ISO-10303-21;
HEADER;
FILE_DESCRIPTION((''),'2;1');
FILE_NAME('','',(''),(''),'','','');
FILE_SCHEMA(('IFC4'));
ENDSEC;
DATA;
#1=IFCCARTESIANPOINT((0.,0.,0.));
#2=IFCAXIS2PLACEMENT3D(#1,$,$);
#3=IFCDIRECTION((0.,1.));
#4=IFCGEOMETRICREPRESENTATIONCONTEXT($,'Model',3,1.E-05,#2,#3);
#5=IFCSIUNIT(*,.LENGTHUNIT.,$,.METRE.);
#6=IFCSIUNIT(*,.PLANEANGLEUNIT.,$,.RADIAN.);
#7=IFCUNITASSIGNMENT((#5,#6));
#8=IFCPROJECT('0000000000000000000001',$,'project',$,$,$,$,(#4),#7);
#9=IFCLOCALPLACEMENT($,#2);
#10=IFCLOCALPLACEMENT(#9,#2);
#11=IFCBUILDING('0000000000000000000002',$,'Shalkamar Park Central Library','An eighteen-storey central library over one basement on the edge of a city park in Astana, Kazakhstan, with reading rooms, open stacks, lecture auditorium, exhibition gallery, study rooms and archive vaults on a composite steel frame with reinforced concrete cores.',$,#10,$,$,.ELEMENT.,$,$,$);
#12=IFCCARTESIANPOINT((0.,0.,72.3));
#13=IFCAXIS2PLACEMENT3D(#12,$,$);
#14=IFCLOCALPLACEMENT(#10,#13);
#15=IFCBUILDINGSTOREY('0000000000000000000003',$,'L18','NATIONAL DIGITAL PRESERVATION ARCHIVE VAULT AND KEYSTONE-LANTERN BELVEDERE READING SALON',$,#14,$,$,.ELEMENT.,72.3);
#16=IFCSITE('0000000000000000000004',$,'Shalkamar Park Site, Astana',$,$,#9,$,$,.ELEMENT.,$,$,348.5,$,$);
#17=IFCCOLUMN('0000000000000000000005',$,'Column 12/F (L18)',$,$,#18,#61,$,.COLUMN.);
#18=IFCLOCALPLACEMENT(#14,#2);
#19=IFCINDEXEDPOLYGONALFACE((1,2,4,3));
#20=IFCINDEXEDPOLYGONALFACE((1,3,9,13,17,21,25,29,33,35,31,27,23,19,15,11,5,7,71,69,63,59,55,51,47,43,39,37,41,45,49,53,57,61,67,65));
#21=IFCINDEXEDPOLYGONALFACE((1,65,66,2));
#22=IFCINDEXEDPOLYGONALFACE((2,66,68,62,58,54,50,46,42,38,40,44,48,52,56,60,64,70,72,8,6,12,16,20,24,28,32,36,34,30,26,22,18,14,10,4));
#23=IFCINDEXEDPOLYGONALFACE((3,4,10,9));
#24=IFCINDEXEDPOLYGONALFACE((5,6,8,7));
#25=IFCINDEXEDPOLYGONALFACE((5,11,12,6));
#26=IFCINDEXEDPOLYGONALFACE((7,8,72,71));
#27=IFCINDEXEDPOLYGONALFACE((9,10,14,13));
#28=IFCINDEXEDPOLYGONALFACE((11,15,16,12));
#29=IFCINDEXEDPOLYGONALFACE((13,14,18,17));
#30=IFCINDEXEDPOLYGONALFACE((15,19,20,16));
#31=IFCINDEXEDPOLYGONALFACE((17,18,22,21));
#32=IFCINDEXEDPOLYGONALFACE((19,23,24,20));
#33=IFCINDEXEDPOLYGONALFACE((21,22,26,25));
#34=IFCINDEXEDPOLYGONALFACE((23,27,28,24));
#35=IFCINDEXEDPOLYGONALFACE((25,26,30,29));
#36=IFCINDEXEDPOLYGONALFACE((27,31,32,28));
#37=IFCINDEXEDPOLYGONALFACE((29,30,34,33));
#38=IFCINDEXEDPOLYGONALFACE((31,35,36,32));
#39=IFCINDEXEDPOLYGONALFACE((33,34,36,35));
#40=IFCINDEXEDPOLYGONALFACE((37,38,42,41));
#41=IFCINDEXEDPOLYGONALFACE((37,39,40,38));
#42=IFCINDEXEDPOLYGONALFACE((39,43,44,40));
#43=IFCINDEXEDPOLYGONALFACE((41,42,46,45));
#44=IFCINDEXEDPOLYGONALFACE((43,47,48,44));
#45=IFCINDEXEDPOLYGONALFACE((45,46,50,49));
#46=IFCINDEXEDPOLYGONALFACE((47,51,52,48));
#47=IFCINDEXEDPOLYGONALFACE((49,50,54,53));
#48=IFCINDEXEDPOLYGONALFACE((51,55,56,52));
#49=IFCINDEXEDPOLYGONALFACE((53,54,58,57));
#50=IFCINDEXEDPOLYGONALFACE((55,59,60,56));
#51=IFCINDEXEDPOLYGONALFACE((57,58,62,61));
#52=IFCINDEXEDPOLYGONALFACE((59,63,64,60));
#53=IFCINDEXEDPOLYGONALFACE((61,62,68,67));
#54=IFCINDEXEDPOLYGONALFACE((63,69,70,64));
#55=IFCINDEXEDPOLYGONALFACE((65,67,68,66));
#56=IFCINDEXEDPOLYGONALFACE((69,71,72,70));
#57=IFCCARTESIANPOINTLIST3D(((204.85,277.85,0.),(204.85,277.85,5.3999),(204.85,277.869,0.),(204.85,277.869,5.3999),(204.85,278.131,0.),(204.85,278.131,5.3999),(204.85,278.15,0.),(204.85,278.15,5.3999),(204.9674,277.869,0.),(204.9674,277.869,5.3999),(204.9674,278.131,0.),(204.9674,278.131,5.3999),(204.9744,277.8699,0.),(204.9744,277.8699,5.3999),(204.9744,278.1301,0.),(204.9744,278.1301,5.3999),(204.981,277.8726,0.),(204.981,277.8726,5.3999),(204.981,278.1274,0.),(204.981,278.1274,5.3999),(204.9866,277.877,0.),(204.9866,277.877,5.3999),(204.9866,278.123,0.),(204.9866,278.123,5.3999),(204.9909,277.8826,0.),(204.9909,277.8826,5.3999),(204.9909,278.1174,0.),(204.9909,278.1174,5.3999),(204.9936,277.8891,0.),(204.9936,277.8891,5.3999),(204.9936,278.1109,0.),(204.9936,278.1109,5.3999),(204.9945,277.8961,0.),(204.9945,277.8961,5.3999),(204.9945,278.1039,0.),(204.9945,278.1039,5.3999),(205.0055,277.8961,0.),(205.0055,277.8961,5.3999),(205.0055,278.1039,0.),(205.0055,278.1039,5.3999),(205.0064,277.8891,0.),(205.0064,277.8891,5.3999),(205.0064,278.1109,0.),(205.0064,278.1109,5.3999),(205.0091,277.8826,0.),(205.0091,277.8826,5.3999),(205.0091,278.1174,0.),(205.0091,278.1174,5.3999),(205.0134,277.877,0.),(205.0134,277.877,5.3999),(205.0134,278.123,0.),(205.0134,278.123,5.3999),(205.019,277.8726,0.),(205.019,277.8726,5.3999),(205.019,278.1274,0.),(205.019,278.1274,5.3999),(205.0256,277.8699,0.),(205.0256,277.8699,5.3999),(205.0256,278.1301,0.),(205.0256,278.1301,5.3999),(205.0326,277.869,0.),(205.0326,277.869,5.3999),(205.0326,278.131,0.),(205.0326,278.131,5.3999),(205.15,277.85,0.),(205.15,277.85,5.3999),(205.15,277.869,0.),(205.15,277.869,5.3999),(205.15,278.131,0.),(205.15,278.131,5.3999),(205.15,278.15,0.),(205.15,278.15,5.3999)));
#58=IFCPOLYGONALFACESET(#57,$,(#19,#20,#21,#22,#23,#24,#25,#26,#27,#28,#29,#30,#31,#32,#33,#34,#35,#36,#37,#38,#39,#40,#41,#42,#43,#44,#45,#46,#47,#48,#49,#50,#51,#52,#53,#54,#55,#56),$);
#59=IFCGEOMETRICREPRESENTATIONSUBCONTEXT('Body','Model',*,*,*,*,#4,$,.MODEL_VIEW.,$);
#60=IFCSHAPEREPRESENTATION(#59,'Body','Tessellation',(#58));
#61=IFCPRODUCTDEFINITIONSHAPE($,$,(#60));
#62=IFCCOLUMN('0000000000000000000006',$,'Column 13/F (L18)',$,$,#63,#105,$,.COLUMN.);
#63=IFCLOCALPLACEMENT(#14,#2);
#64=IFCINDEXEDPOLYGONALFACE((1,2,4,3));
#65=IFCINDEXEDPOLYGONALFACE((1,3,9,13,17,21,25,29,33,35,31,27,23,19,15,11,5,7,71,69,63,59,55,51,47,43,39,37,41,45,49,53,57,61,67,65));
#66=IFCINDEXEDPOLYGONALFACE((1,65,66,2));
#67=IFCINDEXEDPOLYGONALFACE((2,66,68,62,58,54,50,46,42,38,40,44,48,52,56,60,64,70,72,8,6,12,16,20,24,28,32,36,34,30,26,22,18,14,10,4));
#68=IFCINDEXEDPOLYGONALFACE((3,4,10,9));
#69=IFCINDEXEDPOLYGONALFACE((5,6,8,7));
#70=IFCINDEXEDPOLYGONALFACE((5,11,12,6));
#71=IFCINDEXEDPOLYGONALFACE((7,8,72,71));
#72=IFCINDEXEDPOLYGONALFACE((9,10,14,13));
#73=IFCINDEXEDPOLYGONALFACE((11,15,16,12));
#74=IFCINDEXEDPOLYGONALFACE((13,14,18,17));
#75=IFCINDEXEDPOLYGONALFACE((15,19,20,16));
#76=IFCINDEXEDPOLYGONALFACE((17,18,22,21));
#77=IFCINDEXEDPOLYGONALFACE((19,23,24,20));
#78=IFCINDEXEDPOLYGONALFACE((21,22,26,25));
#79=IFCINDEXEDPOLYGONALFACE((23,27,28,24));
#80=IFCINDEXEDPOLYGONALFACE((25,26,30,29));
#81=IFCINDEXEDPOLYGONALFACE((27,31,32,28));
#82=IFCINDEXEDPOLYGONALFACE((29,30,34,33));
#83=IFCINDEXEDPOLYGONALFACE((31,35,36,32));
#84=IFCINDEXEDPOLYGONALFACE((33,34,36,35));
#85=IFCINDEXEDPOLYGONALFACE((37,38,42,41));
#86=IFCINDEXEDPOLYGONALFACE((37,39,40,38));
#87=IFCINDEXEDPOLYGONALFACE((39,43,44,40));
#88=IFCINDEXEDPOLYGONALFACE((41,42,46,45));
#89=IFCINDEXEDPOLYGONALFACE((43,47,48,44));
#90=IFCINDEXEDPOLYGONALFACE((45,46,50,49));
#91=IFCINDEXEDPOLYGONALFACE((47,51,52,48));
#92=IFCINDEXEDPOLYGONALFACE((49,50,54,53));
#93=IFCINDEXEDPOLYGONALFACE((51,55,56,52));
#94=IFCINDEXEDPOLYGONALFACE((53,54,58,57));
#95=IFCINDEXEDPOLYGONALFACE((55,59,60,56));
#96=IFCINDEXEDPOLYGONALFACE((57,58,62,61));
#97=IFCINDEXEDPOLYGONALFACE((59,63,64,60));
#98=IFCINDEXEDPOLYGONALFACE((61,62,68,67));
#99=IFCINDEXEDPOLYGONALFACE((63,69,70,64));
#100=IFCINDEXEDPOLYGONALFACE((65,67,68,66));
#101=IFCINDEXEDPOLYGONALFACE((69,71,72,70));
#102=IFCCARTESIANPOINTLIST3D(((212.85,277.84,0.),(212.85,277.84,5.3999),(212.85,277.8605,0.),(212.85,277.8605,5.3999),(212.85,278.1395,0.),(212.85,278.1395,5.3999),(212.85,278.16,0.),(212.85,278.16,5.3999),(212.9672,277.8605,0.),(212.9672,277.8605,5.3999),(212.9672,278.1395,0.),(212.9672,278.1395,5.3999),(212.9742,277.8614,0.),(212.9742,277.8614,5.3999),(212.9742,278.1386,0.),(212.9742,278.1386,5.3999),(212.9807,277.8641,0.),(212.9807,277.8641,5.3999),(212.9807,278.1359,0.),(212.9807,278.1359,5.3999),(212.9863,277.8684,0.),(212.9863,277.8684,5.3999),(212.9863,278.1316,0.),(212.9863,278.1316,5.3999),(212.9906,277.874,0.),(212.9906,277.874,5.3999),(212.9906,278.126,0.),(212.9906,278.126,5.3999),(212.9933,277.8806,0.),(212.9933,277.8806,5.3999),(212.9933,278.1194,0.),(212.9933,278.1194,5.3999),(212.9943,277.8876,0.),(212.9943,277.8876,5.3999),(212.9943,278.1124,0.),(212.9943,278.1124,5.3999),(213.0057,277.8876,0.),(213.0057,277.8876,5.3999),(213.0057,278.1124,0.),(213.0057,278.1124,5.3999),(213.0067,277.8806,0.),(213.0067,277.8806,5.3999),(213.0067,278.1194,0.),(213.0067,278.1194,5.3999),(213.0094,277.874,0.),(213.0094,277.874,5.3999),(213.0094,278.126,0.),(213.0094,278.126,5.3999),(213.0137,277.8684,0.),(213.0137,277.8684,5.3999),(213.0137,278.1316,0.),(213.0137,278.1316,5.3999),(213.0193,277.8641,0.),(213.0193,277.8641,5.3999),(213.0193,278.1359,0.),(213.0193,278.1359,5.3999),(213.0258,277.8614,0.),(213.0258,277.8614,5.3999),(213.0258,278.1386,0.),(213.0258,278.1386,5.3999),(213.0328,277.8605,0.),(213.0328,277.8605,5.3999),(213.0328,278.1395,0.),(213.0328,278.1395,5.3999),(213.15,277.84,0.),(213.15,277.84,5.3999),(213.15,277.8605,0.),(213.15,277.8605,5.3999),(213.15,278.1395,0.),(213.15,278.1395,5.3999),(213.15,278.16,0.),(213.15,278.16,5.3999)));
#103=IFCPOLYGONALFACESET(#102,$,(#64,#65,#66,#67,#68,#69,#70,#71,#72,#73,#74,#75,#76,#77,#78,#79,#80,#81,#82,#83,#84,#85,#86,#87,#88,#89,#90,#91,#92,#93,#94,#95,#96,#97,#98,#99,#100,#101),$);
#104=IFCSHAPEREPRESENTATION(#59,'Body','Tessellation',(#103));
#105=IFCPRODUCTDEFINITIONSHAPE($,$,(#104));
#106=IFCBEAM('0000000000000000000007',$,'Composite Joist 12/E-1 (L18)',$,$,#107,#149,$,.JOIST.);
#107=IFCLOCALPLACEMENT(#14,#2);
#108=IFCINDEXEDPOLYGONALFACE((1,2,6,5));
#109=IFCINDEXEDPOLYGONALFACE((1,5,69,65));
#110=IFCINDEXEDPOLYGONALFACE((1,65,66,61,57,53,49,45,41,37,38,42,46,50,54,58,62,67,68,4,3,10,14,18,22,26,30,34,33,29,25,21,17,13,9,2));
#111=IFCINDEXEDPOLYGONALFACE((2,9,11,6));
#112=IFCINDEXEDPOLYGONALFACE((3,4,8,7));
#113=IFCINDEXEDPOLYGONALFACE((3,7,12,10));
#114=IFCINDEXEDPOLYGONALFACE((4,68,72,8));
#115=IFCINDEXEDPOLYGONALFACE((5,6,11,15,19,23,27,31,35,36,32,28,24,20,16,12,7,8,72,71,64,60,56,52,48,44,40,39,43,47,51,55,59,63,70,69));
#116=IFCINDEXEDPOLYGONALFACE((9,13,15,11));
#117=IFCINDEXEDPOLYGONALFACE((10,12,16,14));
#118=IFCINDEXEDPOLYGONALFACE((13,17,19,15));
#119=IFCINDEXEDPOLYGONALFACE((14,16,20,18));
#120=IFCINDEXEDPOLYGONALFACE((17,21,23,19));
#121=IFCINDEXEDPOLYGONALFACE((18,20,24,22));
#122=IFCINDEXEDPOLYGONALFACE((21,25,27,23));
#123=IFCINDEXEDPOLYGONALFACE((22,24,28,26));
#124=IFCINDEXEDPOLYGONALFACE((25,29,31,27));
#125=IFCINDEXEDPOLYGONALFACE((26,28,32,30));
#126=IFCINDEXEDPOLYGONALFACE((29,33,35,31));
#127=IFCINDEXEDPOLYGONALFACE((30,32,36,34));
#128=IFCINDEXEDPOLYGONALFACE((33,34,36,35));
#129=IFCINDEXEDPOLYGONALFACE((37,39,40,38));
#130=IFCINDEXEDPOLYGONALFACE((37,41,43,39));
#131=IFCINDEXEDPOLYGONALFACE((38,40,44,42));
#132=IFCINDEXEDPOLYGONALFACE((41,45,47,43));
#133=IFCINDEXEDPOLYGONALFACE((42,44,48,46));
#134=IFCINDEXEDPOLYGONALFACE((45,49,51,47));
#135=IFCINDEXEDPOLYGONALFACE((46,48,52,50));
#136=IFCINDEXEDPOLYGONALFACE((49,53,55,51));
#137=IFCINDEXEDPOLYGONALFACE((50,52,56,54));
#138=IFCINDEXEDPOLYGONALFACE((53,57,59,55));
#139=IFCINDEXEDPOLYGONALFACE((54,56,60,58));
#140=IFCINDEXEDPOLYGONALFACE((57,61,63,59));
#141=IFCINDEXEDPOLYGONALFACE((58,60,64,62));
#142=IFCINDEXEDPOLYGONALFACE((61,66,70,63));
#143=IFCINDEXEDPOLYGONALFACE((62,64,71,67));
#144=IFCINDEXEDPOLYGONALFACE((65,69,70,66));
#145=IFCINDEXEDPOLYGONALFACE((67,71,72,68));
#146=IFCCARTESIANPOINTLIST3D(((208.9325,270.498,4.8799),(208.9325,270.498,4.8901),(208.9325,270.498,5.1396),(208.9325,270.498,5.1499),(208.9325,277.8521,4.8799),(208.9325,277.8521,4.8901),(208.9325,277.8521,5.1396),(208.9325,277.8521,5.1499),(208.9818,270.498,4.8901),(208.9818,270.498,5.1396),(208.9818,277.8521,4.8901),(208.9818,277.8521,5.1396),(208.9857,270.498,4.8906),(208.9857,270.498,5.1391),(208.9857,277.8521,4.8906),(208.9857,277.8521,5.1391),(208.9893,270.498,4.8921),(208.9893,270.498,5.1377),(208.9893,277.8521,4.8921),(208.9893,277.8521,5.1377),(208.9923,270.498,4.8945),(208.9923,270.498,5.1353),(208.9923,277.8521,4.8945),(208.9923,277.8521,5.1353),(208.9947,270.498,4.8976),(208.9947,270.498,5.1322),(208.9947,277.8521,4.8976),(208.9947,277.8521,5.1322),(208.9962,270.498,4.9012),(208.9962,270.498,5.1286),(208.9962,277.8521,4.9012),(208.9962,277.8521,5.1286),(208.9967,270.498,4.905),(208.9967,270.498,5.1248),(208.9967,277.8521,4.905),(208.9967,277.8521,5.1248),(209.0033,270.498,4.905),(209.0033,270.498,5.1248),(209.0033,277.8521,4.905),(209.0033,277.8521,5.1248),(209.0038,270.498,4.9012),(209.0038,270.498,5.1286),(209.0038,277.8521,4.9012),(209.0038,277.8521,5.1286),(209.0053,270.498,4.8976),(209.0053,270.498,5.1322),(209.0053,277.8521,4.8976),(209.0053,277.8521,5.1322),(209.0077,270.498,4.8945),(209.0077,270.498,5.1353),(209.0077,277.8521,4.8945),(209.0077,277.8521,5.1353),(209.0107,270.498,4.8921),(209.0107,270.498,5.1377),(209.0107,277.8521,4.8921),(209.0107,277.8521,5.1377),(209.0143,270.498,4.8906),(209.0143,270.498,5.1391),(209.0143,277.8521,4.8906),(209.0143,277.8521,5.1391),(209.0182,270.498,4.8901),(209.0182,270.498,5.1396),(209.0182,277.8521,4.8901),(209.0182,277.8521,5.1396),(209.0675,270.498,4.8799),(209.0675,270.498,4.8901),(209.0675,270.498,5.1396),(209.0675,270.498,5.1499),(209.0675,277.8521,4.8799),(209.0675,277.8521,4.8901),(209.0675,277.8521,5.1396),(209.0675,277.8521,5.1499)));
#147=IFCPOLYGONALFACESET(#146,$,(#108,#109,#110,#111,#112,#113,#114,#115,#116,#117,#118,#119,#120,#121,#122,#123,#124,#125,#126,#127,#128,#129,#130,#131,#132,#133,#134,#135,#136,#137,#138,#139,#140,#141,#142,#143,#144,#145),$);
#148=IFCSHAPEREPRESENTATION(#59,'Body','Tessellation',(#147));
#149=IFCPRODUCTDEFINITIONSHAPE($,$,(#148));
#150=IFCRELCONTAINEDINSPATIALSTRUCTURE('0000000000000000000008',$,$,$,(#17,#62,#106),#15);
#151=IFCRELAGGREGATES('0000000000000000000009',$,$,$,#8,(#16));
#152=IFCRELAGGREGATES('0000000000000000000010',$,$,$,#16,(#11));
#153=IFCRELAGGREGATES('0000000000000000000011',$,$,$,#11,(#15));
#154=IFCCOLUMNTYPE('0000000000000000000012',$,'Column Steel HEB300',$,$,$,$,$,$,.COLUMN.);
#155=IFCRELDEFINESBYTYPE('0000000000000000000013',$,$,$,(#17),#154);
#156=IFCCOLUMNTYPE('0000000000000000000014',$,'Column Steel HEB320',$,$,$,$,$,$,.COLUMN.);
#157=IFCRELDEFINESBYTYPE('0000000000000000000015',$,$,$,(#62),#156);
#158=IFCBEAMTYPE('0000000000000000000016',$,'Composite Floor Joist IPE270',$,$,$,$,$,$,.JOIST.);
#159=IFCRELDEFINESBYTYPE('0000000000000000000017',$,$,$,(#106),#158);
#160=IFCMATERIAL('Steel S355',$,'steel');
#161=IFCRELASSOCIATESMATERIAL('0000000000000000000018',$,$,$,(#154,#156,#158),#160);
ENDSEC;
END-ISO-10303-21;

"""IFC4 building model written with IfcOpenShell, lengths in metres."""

from ifc_helpers import new_model, si_unit, direction, frame, origin, origin_2d, place, context, subcontext, project, spatial, i_section, extrude, material, material_profile, profile_set, type_object, element, save


model = new_model("IFC4")

# Units and contexts
model_context = context("Model", 3, precision=1e-05, world=origin(), true_north=direction((0.0, 1.0)))
body_context = subcontext(model_context, "Body", "Model", "MODEL_VIEW")
ifc_project = project(units=[si_unit("LENGTHUNIT", "METRE"), si_unit("PLANEANGLEUNIT", "RADIAN")], contexts=[model_context])

# Site, building, storey
site_placement = place(None, origin())
site = spatial("IfcSite", under=ifc_project, at=site_placement, Name="Shalkamar Park Site, Astana", CompositionType="ELEMENT", RefElevation=348.5)
building_placement = place(site_placement, origin())
building = spatial("IfcBuilding", under=site, at=building_placement, Name="Shalkamar Park Central Library", Description="An eighteen-storey central library over one basement on the edge of a city park in Astana, Kazakhstan, with reading rooms, open stacks, lecture auditorium, exhibition gallery, study rooms and archive vaults on a composite steel frame with reinforced concrete cores.", CompositionType="ELEMENT")
storey_placement = place(building_placement, frame((0.0, 0.0, 72.3)))
storey = spatial("IfcBuildingStorey", under=building, at=storey_placement, Name="L18", Description="NATIONAL DIGITAL PRESERVATION ARCHIVE VAULT AND KEYSTONE-LANTERN BELVEDERE READING SALON", CompositionType="ELEMENT", Elevation=72.3)

# Columns
ifc_material_1 = material(Name="Steel S355", Category="steel")
ifc_material_profile_1 = material_profile(ifc_material_1, i_section(OverallWidth=0.3, OverallDepth=0.3, WebThickness=0.011, FlangeThickness=0.019, FilletRadius=0.0271, at=origin_2d()), Name="HEB 300")
ifc_profile_set_1 = profile_set([ifc_material_profile_1], Name="Steel S355")
column_type_1 = type_object("IfcColumnType", Name="Column Steel HEB300", PredefinedType="COLUMN", material=ifc_profile_set_1)
column_1_placement = place(storey_placement, frame((205.0, 278.0, 0.0), z_axis=(0.0, 0.0, 1.0), x_axis=(1.0, 0.0, 0.0)))
element("IfcColumn", 1, at=column_1_placement, inside=storey, type_object=column_type_1, Name="Column 12/F (L18)", PredefinedType="COLUMN", context=body_context, shape_type="SweptSolid", body=[
    extrude(i_section(OverallWidth=0.3, OverallDepth=0.3, WebThickness=0.011, FlangeThickness=0.019, FilletRadius=0.0271, at=origin_2d()), origin(), (0.0, 0.0, 1.0), 5.3999),
])
ifc_material_profile_2 = material_profile(ifc_material_1, i_section(OverallWidth=0.3, OverallDepth=0.3201, WebThickness=0.0115, FlangeThickness=0.0205, FilletRadius=0.0271, at=origin_2d()), Name="HEB 320")
ifc_profile_set_2 = profile_set([ifc_material_profile_2], Name="Steel S355")
column_type_2 = type_object("IfcColumnType", Name="Column Steel HEB320", PredefinedType="COLUMN", material=ifc_profile_set_2)
column_2_placement = place(storey_placement, frame((213.0, 278.0, 0.0), z_axis=(0.0, 0.0, 1.0), x_axis=(1.0, 0.0, 0.0)))
element("IfcColumn", 2, at=column_2_placement, inside=storey, type_object=column_type_2, Name="Column 13/F (L18)", PredefinedType="COLUMN", context=body_context, shape_type="SweptSolid", body=[
    extrude(i_section(OverallWidth=0.3, OverallDepth=0.3201, WebThickness=0.0115, FlangeThickness=0.0205, FilletRadius=0.0271, at=origin_2d()), origin(), (0.0, 0.0, 1.0), 5.3999),
])

# Beam
ifc_material_profile_3 = material_profile(ifc_material_1, i_section(OverallWidth=0.135, OverallDepth=0.27, WebThickness=0.0066, FlangeThickness=0.0103, FilletRadius=0.0149, at=origin_2d()), Name="IPE 270")
ifc_profile_set_3 = profile_set([ifc_material_profile_3], Name="Steel S355")
beam_type_1 = type_object("IfcBeamType", Name="Composite Floor Joist IPE270", PredefinedType="JOIST", material=ifc_profile_set_3)
beam_1_placement = place(storey_placement, frame((209.0, 270.498, 5.0149), z_axis=(0.0, 1.0, 0.0), x_axis=(-1.0, 0.0, 0.0)))
element("IfcBeam", 3, at=beam_1_placement, inside=storey, type_object=beam_type_1, Name="Composite Joist 12/E-1 (L18)", PredefinedType="JOIST", context=body_context, shape_type="SweptSolid", body=[
    extrude(i_section(OverallWidth=0.135, OverallDepth=0.27, WebThickness=0.0066, FlangeThickness=0.0103, FilletRadius=0.0149, at=origin_2d()), origin(), (0.0, 0.0, 1.0), 7.354),
])

save(model, "model.ifc")
